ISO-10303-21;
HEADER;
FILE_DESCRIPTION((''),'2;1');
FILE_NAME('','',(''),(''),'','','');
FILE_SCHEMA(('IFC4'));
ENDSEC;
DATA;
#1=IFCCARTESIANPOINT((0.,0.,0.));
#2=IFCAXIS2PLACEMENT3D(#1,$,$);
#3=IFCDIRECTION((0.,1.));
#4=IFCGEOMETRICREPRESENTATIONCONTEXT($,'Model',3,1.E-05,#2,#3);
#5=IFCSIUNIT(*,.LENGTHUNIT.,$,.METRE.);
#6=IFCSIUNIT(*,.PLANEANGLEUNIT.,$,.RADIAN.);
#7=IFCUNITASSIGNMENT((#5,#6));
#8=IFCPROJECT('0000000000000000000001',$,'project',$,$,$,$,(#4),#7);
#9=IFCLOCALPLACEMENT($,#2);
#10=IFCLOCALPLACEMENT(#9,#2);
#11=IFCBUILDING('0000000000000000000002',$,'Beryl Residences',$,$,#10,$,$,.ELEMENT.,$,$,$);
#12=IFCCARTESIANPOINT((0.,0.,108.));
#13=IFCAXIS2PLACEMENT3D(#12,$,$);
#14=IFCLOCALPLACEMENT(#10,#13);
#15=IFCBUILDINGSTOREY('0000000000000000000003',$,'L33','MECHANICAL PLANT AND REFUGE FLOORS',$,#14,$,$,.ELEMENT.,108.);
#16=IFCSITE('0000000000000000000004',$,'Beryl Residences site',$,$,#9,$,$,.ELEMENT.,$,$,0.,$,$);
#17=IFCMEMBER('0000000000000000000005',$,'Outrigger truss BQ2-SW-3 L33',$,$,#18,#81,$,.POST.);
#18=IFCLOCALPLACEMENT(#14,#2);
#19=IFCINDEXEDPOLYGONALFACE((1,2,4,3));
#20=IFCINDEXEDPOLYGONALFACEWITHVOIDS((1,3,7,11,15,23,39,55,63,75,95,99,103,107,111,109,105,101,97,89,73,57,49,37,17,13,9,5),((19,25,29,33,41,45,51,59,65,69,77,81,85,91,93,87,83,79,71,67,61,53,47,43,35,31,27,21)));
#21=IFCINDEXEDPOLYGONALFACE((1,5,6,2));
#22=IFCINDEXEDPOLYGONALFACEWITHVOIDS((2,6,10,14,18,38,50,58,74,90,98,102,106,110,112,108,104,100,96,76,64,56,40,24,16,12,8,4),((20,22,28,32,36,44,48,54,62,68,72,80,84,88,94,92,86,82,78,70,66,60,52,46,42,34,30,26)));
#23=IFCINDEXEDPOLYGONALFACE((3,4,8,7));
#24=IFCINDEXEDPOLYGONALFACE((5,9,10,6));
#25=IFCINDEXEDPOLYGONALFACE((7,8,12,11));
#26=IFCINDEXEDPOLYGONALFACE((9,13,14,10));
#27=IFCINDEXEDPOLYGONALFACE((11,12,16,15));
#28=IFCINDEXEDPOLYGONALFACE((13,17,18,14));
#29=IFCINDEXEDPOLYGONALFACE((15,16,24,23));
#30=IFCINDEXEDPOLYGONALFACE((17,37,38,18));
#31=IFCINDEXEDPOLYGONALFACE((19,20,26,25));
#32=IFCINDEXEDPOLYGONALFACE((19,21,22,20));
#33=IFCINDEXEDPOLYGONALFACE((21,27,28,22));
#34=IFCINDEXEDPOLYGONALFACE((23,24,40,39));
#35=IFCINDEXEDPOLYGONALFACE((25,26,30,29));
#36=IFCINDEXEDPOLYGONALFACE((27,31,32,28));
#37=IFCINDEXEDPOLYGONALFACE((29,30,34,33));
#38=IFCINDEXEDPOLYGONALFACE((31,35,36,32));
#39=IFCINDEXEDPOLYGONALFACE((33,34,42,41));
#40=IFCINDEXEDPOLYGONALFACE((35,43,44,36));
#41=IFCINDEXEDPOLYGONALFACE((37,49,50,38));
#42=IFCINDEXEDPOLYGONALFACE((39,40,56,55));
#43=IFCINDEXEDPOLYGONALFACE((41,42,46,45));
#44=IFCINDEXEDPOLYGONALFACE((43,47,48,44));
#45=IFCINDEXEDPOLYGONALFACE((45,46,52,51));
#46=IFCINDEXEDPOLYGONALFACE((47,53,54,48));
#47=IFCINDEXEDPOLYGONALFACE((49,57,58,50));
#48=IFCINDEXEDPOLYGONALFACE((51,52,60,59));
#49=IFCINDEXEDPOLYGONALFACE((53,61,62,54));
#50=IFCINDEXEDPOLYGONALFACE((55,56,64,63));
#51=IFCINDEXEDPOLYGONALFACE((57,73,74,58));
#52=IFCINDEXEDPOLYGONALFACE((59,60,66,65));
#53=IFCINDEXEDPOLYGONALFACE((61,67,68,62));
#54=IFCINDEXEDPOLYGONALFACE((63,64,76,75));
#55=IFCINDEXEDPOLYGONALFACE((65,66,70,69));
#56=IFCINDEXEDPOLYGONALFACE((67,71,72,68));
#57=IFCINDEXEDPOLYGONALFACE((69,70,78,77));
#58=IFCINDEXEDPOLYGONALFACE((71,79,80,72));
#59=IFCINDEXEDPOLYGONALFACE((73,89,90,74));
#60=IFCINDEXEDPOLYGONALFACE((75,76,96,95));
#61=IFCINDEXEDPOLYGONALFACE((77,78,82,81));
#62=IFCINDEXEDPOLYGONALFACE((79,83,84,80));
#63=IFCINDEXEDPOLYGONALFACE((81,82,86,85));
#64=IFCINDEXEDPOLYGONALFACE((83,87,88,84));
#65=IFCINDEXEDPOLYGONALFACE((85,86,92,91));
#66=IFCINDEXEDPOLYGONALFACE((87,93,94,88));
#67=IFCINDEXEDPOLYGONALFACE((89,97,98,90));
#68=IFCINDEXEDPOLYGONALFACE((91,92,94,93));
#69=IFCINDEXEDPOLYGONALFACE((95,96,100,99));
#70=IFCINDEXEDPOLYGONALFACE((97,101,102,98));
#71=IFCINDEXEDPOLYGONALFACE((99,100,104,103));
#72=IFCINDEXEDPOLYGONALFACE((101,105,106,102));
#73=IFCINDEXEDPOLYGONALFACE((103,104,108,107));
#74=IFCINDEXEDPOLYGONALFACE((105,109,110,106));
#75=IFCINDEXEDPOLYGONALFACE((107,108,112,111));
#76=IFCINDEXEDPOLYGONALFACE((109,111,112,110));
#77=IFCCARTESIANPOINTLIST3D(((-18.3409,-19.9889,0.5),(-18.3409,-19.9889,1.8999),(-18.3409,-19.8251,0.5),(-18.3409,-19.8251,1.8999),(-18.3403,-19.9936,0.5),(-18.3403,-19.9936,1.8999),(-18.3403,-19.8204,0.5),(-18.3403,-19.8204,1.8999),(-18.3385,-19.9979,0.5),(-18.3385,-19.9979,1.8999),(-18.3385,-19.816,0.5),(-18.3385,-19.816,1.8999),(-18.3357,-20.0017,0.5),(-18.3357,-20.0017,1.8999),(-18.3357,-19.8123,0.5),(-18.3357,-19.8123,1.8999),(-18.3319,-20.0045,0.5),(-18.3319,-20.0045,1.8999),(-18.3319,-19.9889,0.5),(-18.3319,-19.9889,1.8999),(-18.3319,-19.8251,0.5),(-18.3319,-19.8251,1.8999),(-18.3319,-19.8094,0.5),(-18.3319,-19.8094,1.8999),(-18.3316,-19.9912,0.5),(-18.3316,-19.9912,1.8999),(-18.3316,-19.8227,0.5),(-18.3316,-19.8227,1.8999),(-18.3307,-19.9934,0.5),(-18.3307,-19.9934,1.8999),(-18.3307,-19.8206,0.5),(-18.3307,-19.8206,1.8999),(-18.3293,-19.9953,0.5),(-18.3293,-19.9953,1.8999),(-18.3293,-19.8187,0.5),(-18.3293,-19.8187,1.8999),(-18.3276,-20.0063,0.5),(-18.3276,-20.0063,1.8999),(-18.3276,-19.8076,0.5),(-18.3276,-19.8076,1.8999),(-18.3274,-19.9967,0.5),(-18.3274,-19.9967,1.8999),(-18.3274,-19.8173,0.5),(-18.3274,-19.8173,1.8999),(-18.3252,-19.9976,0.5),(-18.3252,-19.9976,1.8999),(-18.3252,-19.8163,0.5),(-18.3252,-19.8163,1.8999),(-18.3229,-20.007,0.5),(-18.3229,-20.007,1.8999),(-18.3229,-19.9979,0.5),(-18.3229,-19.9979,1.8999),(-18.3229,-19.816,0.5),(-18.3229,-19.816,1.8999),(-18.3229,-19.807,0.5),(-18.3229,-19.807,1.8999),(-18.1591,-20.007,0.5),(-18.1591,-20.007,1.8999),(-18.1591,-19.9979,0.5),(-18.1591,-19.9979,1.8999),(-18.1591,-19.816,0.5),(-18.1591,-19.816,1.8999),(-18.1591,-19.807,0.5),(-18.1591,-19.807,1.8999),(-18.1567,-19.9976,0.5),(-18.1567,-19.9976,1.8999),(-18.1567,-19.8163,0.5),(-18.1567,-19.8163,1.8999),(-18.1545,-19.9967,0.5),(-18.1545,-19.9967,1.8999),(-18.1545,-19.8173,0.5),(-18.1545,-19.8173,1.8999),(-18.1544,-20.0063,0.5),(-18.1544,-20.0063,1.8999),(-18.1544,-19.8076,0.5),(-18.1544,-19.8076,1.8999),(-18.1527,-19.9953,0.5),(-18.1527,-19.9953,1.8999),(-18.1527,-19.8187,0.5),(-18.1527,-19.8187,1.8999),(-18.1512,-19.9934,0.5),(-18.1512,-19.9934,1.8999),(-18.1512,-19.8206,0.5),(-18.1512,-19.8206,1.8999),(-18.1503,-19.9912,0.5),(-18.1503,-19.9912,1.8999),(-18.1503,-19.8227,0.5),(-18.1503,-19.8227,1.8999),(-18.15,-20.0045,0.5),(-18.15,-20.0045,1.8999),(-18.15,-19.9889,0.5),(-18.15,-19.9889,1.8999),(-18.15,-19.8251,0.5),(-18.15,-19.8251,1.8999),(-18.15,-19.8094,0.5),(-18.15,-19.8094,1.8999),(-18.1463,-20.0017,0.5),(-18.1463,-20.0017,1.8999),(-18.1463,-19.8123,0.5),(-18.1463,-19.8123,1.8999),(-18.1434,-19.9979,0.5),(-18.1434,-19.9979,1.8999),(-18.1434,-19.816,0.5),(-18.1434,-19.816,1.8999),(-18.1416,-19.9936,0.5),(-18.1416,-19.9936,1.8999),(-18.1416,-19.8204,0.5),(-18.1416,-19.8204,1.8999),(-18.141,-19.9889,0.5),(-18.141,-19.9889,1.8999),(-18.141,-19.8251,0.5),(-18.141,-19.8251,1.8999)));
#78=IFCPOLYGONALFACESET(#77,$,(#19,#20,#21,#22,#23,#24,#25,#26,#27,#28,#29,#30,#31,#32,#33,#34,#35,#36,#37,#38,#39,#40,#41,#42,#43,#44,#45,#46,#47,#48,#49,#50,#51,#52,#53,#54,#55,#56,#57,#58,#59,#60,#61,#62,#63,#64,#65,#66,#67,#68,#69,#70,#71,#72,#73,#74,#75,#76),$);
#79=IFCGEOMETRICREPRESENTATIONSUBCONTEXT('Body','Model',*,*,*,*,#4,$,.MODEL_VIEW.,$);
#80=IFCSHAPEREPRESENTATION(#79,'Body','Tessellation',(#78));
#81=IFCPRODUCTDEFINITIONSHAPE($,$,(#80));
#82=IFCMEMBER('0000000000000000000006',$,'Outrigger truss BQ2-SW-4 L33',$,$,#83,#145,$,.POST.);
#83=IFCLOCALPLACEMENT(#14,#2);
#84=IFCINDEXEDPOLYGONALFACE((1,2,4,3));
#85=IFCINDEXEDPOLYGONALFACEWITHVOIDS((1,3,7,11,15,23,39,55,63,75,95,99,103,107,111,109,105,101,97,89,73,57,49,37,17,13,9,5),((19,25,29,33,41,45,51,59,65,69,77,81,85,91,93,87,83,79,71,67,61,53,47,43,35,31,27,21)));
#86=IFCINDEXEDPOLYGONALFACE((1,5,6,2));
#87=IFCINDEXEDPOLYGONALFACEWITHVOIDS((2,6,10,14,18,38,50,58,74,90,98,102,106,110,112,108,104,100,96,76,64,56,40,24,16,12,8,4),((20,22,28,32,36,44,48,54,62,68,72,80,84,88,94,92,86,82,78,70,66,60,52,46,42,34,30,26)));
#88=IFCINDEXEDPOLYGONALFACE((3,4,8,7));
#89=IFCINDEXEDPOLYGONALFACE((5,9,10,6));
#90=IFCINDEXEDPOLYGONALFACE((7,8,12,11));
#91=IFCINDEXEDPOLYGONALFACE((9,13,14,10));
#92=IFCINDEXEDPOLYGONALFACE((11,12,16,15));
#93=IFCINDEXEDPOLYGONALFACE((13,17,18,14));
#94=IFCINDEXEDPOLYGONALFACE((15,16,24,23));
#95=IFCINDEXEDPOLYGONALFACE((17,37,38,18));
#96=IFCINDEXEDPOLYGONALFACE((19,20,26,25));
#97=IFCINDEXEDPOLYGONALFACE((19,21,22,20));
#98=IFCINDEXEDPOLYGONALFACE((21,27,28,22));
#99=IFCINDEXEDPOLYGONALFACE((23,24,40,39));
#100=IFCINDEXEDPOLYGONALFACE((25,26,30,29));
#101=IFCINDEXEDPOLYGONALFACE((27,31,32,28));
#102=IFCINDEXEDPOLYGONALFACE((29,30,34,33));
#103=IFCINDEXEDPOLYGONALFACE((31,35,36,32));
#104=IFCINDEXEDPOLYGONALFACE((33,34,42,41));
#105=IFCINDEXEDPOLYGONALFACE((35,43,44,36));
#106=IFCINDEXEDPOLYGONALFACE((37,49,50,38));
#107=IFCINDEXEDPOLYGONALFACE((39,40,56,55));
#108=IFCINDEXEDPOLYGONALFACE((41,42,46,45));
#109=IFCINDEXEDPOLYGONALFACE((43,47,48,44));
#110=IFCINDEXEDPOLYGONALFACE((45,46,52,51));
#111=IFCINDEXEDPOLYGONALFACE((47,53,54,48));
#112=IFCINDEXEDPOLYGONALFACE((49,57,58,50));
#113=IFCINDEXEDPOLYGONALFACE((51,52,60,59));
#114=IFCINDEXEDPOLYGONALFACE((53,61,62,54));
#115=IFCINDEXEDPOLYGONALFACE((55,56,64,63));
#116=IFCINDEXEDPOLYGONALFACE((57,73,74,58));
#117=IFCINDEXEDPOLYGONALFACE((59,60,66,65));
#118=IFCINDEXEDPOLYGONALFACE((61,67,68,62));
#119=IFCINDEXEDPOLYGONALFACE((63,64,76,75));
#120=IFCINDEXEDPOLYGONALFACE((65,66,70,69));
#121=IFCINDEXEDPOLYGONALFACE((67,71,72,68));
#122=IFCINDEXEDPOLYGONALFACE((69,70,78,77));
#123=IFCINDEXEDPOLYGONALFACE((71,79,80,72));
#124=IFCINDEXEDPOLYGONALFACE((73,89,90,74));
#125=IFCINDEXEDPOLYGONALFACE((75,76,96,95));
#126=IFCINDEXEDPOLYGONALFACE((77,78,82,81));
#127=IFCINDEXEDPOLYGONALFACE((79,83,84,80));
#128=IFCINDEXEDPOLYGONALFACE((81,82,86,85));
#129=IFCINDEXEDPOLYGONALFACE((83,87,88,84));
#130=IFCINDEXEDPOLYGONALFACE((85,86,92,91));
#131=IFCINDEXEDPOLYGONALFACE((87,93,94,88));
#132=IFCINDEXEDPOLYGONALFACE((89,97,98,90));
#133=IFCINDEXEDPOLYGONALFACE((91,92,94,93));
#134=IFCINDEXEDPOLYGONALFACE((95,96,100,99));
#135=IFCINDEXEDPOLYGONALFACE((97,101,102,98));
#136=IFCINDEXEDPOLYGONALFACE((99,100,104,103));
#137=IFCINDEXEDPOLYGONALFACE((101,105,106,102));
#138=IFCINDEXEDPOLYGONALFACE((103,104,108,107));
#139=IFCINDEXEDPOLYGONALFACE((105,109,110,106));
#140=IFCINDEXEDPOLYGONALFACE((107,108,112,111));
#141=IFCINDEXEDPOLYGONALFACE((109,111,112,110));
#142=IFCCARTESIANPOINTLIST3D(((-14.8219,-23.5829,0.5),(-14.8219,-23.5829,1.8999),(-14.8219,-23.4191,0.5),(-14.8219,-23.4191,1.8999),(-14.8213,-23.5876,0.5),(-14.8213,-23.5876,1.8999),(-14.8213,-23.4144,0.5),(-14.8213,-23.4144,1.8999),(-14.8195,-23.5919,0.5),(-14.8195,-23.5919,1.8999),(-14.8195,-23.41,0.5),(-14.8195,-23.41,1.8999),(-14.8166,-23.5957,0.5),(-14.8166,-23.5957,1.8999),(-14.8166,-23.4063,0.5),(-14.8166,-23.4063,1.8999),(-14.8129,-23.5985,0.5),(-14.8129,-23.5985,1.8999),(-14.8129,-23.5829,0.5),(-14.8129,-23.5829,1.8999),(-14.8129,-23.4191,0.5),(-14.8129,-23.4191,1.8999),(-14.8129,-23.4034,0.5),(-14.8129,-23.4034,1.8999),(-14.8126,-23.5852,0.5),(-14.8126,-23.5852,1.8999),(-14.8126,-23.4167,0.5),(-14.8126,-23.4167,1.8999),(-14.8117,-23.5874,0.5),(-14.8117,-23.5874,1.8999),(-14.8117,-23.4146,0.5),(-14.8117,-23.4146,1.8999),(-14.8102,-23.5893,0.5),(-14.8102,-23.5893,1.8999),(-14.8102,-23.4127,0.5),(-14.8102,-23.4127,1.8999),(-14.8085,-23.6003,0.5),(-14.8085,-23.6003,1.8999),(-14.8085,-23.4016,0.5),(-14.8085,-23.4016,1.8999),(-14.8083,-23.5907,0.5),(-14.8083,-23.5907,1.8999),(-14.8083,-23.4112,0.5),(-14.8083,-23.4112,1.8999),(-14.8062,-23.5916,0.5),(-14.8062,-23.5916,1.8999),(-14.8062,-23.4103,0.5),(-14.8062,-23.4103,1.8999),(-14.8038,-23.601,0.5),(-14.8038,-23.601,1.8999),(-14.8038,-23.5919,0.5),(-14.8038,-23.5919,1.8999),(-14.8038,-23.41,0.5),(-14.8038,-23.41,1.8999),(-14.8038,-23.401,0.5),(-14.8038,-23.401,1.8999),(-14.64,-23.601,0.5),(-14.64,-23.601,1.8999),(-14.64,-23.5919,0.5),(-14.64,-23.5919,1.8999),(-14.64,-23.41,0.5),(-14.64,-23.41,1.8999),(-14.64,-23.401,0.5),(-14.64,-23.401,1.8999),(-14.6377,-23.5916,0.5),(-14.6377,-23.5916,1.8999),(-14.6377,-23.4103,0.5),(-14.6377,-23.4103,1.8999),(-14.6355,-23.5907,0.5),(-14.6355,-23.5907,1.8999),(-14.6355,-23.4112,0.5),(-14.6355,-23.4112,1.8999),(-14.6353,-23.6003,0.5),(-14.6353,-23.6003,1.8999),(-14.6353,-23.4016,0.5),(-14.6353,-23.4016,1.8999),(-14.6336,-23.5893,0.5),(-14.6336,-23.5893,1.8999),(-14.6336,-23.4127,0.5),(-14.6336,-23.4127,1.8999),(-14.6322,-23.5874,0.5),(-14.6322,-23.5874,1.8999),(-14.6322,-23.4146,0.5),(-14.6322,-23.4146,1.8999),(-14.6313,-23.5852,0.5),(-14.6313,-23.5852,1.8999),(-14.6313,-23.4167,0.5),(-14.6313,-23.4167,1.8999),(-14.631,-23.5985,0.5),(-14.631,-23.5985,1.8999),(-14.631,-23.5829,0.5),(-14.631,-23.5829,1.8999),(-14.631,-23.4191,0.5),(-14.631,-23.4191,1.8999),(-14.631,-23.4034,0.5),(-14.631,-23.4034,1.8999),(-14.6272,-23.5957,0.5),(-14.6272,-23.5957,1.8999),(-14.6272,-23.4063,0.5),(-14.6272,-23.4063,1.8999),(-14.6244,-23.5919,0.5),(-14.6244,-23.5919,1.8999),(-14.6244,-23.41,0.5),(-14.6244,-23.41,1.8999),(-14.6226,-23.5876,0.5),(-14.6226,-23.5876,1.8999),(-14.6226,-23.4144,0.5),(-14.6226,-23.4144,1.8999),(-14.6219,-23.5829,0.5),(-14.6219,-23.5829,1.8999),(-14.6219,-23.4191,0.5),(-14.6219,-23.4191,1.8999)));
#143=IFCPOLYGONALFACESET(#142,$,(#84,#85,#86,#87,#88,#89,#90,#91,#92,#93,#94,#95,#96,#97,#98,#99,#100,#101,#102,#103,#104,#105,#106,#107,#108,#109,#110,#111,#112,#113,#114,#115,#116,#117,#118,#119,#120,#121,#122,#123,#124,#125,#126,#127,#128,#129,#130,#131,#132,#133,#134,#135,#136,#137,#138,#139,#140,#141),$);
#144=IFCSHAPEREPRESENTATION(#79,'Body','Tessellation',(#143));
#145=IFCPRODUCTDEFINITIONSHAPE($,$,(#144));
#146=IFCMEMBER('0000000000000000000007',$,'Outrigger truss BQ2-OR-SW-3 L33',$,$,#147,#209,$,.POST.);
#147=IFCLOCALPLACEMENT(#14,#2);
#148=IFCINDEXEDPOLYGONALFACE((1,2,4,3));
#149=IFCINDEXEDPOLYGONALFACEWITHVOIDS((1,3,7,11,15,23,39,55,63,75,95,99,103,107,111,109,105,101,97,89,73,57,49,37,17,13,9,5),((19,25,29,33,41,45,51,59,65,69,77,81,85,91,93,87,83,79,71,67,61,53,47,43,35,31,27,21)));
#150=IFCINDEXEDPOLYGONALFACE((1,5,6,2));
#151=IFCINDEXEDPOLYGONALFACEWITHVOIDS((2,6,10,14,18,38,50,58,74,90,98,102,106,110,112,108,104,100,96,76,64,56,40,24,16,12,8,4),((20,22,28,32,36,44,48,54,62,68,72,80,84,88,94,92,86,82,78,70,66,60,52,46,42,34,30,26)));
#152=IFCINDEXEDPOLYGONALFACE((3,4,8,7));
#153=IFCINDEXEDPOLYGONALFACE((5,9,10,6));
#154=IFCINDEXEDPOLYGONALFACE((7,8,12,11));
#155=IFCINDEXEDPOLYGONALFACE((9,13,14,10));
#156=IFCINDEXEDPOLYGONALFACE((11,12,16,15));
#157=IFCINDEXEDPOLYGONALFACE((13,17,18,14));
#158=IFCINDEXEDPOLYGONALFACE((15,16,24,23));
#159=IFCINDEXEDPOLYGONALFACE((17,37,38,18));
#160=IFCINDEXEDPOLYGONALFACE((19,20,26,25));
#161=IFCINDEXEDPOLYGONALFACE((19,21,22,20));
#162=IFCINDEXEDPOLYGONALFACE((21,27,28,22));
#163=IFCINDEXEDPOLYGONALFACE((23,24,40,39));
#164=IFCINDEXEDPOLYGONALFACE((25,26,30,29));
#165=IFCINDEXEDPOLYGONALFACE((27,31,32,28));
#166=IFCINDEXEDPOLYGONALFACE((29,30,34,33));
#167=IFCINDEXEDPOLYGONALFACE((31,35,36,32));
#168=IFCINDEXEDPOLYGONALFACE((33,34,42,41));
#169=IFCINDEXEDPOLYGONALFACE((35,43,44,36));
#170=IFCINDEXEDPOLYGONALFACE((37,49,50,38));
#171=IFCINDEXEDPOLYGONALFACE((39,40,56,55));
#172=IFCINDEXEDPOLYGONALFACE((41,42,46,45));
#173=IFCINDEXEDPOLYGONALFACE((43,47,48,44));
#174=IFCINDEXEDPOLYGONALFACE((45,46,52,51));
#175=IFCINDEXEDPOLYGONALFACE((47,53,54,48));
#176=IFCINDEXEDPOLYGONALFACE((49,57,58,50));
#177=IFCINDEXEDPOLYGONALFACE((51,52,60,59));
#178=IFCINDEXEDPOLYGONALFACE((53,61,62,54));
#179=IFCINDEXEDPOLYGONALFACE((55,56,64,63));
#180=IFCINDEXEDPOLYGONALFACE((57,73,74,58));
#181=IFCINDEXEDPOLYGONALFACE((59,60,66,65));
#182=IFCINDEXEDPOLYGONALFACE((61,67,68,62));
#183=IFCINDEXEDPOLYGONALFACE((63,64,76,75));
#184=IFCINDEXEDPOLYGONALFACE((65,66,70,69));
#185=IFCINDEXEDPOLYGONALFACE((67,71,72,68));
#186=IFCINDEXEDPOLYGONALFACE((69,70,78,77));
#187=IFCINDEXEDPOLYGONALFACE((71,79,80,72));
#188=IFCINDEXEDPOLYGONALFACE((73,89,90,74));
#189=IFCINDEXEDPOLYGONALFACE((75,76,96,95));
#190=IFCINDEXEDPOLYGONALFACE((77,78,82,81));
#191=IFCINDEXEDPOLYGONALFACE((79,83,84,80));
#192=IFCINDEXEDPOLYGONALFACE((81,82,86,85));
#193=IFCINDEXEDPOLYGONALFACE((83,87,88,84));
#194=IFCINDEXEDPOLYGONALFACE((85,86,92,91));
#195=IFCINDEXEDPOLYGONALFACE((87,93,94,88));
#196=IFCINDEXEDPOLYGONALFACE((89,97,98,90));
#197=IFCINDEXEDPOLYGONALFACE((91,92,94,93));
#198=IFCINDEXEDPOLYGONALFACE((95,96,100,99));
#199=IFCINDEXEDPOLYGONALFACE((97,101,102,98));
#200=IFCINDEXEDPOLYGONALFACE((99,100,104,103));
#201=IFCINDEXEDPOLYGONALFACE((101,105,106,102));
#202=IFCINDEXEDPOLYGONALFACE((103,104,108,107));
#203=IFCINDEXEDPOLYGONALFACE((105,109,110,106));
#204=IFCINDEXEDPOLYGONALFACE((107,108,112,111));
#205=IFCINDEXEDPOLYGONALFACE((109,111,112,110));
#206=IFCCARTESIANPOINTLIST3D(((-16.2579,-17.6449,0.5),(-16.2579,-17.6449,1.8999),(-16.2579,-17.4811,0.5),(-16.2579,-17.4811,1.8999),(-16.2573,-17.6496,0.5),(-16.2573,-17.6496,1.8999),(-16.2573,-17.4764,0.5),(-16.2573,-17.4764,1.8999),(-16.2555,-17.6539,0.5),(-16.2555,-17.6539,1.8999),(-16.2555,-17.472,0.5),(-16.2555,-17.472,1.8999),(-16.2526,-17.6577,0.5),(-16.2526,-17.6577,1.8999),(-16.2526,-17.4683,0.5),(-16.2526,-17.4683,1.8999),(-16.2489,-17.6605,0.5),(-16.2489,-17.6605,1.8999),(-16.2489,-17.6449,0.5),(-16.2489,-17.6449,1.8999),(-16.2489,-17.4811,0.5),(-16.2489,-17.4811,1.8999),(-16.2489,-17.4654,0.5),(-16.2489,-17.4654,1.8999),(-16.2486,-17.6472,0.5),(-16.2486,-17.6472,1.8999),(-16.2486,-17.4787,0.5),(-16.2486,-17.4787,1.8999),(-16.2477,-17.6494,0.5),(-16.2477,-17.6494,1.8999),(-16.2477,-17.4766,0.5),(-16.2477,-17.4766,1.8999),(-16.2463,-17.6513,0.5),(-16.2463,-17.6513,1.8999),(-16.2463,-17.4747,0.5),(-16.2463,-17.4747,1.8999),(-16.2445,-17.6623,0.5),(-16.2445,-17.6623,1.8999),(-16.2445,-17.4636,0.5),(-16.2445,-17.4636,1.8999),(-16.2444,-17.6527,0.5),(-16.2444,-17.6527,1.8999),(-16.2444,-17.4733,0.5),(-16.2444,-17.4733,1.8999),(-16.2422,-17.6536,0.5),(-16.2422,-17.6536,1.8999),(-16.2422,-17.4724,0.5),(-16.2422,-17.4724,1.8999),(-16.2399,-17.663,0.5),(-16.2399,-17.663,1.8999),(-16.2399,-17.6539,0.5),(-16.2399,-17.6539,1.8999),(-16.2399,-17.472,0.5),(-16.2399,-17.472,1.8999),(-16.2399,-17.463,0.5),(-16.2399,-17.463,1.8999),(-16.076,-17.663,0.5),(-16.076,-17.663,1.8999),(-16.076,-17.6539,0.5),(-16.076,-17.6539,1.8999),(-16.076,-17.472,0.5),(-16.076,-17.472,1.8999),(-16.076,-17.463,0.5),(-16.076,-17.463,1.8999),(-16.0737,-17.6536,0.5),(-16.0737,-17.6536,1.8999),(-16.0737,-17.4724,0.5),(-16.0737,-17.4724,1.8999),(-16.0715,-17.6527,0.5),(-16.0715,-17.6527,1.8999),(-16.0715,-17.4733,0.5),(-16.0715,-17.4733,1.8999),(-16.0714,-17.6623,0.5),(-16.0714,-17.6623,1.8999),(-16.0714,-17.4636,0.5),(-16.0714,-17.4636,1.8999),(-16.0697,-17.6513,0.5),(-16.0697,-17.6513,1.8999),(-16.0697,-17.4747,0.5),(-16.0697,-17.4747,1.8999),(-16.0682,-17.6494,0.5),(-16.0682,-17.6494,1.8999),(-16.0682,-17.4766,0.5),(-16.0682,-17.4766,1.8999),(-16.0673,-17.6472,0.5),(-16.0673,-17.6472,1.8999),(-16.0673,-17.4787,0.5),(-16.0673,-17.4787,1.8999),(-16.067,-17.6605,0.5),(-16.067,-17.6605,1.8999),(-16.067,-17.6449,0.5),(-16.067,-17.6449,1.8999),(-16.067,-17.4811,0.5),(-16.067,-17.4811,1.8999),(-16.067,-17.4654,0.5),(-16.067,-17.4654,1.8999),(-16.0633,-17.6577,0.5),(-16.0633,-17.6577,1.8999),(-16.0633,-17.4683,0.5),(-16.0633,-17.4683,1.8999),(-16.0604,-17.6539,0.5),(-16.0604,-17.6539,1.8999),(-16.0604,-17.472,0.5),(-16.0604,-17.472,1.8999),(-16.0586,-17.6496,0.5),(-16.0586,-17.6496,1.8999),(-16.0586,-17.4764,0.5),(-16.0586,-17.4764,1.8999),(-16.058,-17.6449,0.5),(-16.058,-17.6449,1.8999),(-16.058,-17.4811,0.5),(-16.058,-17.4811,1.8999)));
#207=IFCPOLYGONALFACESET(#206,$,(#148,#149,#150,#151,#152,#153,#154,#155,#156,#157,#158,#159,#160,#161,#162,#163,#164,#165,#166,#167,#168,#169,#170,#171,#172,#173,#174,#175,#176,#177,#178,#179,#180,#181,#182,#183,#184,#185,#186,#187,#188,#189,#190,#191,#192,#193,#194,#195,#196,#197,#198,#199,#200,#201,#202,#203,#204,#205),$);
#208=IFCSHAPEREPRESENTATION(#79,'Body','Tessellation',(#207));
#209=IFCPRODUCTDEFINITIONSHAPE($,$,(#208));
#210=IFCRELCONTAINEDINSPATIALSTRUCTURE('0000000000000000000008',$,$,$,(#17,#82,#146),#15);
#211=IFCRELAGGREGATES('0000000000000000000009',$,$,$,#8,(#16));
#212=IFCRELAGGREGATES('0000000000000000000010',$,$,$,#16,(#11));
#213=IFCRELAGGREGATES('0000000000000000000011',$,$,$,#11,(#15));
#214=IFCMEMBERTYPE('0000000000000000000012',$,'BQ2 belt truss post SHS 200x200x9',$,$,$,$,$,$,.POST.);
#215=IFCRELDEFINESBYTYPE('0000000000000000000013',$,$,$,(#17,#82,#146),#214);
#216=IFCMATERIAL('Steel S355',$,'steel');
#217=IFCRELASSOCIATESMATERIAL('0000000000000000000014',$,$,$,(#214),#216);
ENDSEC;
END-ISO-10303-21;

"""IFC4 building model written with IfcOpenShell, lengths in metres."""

from ifc_helpers import new_model, si_unit, direction, frame, origin, origin_2d, place, context, subcontext, project, spatial, hollow_rectangle, extrude, material, material_profile, profile_set, type_object, element, save


model = new_model("IFC4")

# Units and contexts
model_context = context("Model", 3, precision=1e-05, world=origin(), true_north=direction((0.0, 1.0)))
body_context = subcontext(model_context, "Body", "Model", "MODEL_VIEW")
ifc_project = project(units=[si_unit("LENGTHUNIT", "METRE"), si_unit("PLANEANGLEUNIT", "RADIAN")], contexts=[model_context])

# Site, building, storey
site_placement = place(None, origin())
site = spatial("IfcSite", under=ifc_project, at=site_placement, Name="Beryl Residences site", CompositionType="ELEMENT", RefElevation=0.0)
building_placement = place(site_placement, origin())
building = spatial("IfcBuilding", under=site, at=building_placement, Name="Beryl Residences", CompositionType="ELEMENT")
storey_placement = place(building_placement, frame((0.0, 0.0, 108.0)))
storey = spatial("IfcBuildingStorey", under=building, at=storey_placement, Name="L33", Description="MECHANICAL PLANT AND REFUGE FLOORS", CompositionType="ELEMENT", Elevation=108.0)

# Members
ifc_material_1 = material(Name="Steel S355", Category="steel")
ifc_material_profile_1 = material_profile(ifc_material_1, hollow_rectangle(XDim=0.2, YDim=0.2, WallThickness=0.009, InnerFilletRadius=0.009, OuterFilletRadius=0.0181, at=origin_2d()))
ifc_profile_set_1 = profile_set([ifc_material_profile_1], Name="Steel S355")
member_type_1 = type_object("IfcMemberType", Name="BQ2 belt truss post SHS 200x200x9", PredefinedType="POST", material=ifc_profile_set_1)
for number, where, z_axis, x_axis, name in (
    (1, (-18.241, -19.907, 0.5), (0.0, 0.0, 1.0), (1.0, 0.0, 0.0), "Outrigger truss BQ2-SW-3 L33"),
    (2, (-14.7219, -23.501, 0.5), (0.0, 0.0, 1.0), (1.0, 0.0, 0.0), "Outrigger truss BQ2-SW-4 L33"),
    (3, (-16.158, -17.563, 0.5), (0.0, 0.0, 1.0), (1.0, 0.0, 0.0), "Outrigger truss BQ2-OR-SW-3 L33"),
):
    element("IfcMember", number, at=place(storey_placement, frame(where, z_axis=z_axis, x_axis=x_axis)), inside=storey, type_object=member_type_1, Name=name, PredefinedType="POST", context=body_context, shape_type="SweptSolid", body=[
        extrude(hollow_rectangle(XDim=0.2, YDim=0.2, WallThickness=0.009, InnerFilletRadius=0.009, OuterFilletRadius=0.0181, at=origin_2d()), origin(), (0.0, 0.0, 1.0), 1.3999),
    ])

save(model, "model.ifc")
